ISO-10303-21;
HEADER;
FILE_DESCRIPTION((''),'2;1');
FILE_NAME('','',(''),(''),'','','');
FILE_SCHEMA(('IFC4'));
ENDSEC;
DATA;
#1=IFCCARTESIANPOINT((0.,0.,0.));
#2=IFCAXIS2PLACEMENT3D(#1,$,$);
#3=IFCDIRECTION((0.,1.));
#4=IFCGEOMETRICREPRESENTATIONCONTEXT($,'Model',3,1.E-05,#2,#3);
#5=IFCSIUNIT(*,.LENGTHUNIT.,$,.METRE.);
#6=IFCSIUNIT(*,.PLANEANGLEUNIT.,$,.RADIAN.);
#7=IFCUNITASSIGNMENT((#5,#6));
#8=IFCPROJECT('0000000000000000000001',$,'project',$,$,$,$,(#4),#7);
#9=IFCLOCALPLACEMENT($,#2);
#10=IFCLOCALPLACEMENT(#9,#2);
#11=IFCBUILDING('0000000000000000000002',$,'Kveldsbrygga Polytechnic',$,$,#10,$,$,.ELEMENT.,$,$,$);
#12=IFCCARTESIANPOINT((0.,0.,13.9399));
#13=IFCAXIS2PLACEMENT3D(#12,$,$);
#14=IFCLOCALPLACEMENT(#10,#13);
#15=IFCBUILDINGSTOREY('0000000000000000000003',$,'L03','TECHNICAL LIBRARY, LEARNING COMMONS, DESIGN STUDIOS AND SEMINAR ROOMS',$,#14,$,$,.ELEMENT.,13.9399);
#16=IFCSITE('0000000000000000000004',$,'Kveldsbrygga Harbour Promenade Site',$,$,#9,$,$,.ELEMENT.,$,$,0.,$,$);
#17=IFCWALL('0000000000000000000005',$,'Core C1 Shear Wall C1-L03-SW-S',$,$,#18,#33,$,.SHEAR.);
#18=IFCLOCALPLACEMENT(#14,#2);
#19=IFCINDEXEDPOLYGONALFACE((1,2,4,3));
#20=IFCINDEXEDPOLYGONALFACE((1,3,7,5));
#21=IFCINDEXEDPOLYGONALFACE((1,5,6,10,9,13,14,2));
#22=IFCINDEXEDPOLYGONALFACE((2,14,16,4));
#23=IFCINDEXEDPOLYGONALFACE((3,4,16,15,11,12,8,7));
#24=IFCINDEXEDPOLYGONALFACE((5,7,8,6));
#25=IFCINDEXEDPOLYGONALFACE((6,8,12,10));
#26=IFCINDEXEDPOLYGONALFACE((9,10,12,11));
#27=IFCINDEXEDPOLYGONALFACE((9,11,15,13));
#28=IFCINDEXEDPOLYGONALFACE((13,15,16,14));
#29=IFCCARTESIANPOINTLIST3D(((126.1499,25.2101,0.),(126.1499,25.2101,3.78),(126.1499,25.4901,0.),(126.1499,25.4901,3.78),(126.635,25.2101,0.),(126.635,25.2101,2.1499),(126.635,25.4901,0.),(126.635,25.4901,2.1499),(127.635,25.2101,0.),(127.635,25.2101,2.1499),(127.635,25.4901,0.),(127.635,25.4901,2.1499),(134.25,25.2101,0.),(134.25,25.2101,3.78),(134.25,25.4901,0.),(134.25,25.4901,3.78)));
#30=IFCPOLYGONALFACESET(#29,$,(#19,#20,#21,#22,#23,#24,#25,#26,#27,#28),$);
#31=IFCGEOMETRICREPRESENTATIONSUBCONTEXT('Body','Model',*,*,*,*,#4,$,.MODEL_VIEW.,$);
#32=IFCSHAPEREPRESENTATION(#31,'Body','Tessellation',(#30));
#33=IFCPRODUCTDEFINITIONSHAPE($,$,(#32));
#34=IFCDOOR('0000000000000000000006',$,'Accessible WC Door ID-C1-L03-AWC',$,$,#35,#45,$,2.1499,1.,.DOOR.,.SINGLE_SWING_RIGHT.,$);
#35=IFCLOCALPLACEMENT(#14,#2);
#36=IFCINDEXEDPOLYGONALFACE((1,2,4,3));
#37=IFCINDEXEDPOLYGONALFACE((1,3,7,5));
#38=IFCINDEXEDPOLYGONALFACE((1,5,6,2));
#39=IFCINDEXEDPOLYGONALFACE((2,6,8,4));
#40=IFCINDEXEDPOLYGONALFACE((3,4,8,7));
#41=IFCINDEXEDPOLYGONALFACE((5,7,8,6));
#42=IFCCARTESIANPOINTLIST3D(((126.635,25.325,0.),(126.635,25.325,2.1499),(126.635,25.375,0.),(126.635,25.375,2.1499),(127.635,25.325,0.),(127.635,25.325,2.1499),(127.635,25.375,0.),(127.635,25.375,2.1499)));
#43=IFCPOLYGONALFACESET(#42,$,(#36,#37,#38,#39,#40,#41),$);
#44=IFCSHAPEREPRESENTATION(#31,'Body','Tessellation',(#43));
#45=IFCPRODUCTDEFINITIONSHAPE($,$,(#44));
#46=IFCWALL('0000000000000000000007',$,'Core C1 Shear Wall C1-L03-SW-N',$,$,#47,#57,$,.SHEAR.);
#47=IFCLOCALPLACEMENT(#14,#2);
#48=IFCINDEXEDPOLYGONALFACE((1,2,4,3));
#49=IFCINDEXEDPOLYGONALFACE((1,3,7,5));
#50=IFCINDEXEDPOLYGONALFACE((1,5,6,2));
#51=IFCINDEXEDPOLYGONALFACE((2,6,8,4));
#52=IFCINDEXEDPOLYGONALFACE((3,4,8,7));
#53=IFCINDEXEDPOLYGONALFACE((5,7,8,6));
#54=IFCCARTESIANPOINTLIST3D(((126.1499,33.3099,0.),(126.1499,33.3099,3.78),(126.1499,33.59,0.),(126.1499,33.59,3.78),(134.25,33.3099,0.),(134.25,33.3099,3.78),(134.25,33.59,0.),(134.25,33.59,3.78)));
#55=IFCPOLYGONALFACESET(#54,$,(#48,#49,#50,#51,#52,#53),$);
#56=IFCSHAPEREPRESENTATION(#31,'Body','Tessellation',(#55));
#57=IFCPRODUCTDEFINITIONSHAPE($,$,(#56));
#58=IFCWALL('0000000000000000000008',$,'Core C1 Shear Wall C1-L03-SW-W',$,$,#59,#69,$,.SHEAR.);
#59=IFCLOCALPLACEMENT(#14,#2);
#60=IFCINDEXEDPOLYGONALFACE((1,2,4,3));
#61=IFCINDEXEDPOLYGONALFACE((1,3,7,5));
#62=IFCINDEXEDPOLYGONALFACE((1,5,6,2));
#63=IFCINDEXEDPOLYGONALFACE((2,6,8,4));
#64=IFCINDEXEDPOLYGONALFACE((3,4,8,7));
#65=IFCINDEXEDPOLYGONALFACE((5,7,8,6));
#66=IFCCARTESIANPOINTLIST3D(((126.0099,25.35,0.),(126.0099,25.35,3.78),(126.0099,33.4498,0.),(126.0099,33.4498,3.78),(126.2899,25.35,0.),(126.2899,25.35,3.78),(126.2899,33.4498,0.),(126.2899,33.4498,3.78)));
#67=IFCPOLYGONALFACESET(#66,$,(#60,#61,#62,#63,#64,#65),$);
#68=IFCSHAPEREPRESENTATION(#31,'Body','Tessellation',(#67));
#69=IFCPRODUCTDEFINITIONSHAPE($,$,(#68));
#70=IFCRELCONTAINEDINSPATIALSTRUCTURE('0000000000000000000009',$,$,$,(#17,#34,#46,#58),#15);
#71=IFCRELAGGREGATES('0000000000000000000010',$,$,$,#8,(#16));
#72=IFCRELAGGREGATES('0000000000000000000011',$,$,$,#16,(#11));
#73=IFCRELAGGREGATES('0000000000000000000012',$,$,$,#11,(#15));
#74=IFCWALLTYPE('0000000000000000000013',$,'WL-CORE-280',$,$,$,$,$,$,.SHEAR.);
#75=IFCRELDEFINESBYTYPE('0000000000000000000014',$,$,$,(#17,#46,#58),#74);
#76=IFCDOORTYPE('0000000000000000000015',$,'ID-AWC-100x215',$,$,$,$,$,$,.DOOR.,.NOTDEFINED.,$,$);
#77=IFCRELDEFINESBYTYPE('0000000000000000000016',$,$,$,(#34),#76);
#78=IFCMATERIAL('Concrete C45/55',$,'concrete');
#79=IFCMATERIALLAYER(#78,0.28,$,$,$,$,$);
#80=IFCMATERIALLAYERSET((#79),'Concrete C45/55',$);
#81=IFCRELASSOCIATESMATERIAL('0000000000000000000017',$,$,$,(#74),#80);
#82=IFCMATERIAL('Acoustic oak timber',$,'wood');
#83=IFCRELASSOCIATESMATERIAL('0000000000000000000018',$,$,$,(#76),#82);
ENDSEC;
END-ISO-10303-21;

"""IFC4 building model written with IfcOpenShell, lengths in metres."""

from ifc_helpers import new_model, si_unit, direction, frame, frame_2d, origin, place, context, subcontext, project, spatial, rectangle, extrude, material, layer, layer_set, type_object, element, fill, save


model = new_model("IFC4")

# Units and contexts
model_context = context("Model", 3, precision=1e-05, world=origin(), true_north=direction((0.0, 1.0)))
body_context = subcontext(model_context, "Body", "Model", "MODEL_VIEW")
ifc_project = project(units=[si_unit("LENGTHUNIT", "METRE"), si_unit("PLANEANGLEUNIT", "RADIAN")], contexts=[model_context])

# Site, building, storey
site_placement = place(None, origin())
site = spatial("IfcSite", under=ifc_project, at=site_placement, Name="Kveldsbrygga Harbour Promenade Site", CompositionType="ELEMENT", RefElevation=0.0)
building_placement = place(site_placement, origin())
building = spatial("IfcBuilding", under=site, at=building_placement, Name="Kveldsbrygga Polytechnic", CompositionType="ELEMENT")
storey_placement = place(building_placement, frame((0.0, 0.0, 13.9399)))
storey = spatial("IfcBuildingStorey", under=building, at=storey_placement, Name="L03", Description="TECHNICAL LIBRARY, LEARNING COMMONS, DESIGN STUDIOS AND SEMINAR ROOMS", CompositionType="ELEMENT", Elevation=13.9399)

# Shared definitions
ifc_material_1 = material(Name="Concrete C45/55", Category="concrete")

# Wall, opening, door
ifc_layer_1 = layer(ifc_material_1, 0.28)
ifc_layer_set_1 = layer_set([ifc_layer_1], Name="Concrete C45/55")
wall_type_1 = type_object("IfcWallType", Name="WL-CORE-280", PredefinedType="SHEAR", material=ifc_layer_set_1)
wall_1_placement = place(storey_placement, frame((126.1499, 25.3501, 0.0), z_axis=(0.0, 0.0, 1.0), x_axis=(1.0, 0.0, 0.0)))
wall_1 = element("IfcWall", 1, at=wall_1_placement, inside=storey, type_object=wall_type_1, Name="Core C1 Shear Wall C1-L03-SW-S", PredefinedType="SHEAR", context=body_context, shape_type="SweptSolid", body=[
    extrude(rectangle(XDim=8.1001, YDim=0.28, at=frame_2d((4.05, 0.0))), origin(), (0.0, 0.0, 1.0), 3.78),
])
opening_1_placement = place(wall_1_placement, frame((0.4851, 0.0, 0.0)))
opening_1 = element("IfcOpeningElement", 2, at=opening_1_placement, cuts=wall_1, PredefinedType="OPENING", context=body_context, shape_type="SweptSolid", body=[
    extrude(rectangle(XDim=1.0, YDim=2.1499, at=frame_2d((0.5, 1.075))), frame((0.0, 0.1499, 0.0), z_axis=(0.0, -1.0, 0.0), x_axis=(1.0, 0.0, 0.0)), (0.0, 0.0, 1.0), 0.3),
])
ifc_material_2 = material(Name="Acoustic oak timber", Category="wood")
door_type_1 = type_object("IfcDoorType", Name="ID-AWC-100x215", OperationType="NOTDEFINED", PredefinedType="DOOR", material=ifc_material_2)
door_1_placement = place(opening_1_placement, origin())
door_1 = element("IfcDoor", 3, at=door_1_placement, inside=storey, type_object=door_type_1, Name="Accessible WC Door ID-C1-L03-AWC", OperationType="SINGLE_SWING_RIGHT", OverallHeight=2.1499, OverallWidth=1.0, PredefinedType="DOOR", context=body_context, shape_type="SweptSolid", body=[
    extrude(rectangle(XDim=1.0, YDim=2.1499, at=frame_2d((0.5, 1.075))), frame((0.0, 0.0249, 0.0), z_axis=(0.0, -1.0, 0.0), x_axis=(1.0, 0.0, 0.0)), (0.0, 0.0, 1.0), 0.05),
])
fill(opening_1, door_1)

# Walls
wall_2_placement = place(storey_placement, frame((126.1499, 33.45, 0.0), z_axis=(0.0, 0.0, 1.0), x_axis=(1.0, 0.0, 0.0)))
element("IfcWall", 4, at=wall_2_placement, inside=storey, type_object=wall_type_1, Name="Core C1 Shear Wall C1-L03-SW-N", PredefinedType="SHEAR", context=body_context, shape_type="SweptSolid", body=[
    extrude(rectangle(XDim=8.1001, YDim=0.28, at=frame_2d((4.05, 0.0))), origin(), (0.0, 0.0, 1.0), 3.78),
])
wall_3_placement = place(storey_placement, frame((126.1499, 25.3501, 0.0), z_axis=(0.0, 0.0, 1.0), x_axis=(0.0, 1.0, 0.0)))
element("IfcWall", 5, at=wall_3_placement, inside=storey, type_object=wall_type_1, Name="Core C1 Shear Wall C1-L03-SW-W", PredefinedType="SHEAR", context=body_context, shape_type="SweptSolid", body=[
    extrude(rectangle(XDim=8.0999, YDim=0.28, at=frame_2d((4.0498, 0.0))), origin(), (0.0, 0.0, 1.0), 3.78),
])

save(model, "model.ifc")
